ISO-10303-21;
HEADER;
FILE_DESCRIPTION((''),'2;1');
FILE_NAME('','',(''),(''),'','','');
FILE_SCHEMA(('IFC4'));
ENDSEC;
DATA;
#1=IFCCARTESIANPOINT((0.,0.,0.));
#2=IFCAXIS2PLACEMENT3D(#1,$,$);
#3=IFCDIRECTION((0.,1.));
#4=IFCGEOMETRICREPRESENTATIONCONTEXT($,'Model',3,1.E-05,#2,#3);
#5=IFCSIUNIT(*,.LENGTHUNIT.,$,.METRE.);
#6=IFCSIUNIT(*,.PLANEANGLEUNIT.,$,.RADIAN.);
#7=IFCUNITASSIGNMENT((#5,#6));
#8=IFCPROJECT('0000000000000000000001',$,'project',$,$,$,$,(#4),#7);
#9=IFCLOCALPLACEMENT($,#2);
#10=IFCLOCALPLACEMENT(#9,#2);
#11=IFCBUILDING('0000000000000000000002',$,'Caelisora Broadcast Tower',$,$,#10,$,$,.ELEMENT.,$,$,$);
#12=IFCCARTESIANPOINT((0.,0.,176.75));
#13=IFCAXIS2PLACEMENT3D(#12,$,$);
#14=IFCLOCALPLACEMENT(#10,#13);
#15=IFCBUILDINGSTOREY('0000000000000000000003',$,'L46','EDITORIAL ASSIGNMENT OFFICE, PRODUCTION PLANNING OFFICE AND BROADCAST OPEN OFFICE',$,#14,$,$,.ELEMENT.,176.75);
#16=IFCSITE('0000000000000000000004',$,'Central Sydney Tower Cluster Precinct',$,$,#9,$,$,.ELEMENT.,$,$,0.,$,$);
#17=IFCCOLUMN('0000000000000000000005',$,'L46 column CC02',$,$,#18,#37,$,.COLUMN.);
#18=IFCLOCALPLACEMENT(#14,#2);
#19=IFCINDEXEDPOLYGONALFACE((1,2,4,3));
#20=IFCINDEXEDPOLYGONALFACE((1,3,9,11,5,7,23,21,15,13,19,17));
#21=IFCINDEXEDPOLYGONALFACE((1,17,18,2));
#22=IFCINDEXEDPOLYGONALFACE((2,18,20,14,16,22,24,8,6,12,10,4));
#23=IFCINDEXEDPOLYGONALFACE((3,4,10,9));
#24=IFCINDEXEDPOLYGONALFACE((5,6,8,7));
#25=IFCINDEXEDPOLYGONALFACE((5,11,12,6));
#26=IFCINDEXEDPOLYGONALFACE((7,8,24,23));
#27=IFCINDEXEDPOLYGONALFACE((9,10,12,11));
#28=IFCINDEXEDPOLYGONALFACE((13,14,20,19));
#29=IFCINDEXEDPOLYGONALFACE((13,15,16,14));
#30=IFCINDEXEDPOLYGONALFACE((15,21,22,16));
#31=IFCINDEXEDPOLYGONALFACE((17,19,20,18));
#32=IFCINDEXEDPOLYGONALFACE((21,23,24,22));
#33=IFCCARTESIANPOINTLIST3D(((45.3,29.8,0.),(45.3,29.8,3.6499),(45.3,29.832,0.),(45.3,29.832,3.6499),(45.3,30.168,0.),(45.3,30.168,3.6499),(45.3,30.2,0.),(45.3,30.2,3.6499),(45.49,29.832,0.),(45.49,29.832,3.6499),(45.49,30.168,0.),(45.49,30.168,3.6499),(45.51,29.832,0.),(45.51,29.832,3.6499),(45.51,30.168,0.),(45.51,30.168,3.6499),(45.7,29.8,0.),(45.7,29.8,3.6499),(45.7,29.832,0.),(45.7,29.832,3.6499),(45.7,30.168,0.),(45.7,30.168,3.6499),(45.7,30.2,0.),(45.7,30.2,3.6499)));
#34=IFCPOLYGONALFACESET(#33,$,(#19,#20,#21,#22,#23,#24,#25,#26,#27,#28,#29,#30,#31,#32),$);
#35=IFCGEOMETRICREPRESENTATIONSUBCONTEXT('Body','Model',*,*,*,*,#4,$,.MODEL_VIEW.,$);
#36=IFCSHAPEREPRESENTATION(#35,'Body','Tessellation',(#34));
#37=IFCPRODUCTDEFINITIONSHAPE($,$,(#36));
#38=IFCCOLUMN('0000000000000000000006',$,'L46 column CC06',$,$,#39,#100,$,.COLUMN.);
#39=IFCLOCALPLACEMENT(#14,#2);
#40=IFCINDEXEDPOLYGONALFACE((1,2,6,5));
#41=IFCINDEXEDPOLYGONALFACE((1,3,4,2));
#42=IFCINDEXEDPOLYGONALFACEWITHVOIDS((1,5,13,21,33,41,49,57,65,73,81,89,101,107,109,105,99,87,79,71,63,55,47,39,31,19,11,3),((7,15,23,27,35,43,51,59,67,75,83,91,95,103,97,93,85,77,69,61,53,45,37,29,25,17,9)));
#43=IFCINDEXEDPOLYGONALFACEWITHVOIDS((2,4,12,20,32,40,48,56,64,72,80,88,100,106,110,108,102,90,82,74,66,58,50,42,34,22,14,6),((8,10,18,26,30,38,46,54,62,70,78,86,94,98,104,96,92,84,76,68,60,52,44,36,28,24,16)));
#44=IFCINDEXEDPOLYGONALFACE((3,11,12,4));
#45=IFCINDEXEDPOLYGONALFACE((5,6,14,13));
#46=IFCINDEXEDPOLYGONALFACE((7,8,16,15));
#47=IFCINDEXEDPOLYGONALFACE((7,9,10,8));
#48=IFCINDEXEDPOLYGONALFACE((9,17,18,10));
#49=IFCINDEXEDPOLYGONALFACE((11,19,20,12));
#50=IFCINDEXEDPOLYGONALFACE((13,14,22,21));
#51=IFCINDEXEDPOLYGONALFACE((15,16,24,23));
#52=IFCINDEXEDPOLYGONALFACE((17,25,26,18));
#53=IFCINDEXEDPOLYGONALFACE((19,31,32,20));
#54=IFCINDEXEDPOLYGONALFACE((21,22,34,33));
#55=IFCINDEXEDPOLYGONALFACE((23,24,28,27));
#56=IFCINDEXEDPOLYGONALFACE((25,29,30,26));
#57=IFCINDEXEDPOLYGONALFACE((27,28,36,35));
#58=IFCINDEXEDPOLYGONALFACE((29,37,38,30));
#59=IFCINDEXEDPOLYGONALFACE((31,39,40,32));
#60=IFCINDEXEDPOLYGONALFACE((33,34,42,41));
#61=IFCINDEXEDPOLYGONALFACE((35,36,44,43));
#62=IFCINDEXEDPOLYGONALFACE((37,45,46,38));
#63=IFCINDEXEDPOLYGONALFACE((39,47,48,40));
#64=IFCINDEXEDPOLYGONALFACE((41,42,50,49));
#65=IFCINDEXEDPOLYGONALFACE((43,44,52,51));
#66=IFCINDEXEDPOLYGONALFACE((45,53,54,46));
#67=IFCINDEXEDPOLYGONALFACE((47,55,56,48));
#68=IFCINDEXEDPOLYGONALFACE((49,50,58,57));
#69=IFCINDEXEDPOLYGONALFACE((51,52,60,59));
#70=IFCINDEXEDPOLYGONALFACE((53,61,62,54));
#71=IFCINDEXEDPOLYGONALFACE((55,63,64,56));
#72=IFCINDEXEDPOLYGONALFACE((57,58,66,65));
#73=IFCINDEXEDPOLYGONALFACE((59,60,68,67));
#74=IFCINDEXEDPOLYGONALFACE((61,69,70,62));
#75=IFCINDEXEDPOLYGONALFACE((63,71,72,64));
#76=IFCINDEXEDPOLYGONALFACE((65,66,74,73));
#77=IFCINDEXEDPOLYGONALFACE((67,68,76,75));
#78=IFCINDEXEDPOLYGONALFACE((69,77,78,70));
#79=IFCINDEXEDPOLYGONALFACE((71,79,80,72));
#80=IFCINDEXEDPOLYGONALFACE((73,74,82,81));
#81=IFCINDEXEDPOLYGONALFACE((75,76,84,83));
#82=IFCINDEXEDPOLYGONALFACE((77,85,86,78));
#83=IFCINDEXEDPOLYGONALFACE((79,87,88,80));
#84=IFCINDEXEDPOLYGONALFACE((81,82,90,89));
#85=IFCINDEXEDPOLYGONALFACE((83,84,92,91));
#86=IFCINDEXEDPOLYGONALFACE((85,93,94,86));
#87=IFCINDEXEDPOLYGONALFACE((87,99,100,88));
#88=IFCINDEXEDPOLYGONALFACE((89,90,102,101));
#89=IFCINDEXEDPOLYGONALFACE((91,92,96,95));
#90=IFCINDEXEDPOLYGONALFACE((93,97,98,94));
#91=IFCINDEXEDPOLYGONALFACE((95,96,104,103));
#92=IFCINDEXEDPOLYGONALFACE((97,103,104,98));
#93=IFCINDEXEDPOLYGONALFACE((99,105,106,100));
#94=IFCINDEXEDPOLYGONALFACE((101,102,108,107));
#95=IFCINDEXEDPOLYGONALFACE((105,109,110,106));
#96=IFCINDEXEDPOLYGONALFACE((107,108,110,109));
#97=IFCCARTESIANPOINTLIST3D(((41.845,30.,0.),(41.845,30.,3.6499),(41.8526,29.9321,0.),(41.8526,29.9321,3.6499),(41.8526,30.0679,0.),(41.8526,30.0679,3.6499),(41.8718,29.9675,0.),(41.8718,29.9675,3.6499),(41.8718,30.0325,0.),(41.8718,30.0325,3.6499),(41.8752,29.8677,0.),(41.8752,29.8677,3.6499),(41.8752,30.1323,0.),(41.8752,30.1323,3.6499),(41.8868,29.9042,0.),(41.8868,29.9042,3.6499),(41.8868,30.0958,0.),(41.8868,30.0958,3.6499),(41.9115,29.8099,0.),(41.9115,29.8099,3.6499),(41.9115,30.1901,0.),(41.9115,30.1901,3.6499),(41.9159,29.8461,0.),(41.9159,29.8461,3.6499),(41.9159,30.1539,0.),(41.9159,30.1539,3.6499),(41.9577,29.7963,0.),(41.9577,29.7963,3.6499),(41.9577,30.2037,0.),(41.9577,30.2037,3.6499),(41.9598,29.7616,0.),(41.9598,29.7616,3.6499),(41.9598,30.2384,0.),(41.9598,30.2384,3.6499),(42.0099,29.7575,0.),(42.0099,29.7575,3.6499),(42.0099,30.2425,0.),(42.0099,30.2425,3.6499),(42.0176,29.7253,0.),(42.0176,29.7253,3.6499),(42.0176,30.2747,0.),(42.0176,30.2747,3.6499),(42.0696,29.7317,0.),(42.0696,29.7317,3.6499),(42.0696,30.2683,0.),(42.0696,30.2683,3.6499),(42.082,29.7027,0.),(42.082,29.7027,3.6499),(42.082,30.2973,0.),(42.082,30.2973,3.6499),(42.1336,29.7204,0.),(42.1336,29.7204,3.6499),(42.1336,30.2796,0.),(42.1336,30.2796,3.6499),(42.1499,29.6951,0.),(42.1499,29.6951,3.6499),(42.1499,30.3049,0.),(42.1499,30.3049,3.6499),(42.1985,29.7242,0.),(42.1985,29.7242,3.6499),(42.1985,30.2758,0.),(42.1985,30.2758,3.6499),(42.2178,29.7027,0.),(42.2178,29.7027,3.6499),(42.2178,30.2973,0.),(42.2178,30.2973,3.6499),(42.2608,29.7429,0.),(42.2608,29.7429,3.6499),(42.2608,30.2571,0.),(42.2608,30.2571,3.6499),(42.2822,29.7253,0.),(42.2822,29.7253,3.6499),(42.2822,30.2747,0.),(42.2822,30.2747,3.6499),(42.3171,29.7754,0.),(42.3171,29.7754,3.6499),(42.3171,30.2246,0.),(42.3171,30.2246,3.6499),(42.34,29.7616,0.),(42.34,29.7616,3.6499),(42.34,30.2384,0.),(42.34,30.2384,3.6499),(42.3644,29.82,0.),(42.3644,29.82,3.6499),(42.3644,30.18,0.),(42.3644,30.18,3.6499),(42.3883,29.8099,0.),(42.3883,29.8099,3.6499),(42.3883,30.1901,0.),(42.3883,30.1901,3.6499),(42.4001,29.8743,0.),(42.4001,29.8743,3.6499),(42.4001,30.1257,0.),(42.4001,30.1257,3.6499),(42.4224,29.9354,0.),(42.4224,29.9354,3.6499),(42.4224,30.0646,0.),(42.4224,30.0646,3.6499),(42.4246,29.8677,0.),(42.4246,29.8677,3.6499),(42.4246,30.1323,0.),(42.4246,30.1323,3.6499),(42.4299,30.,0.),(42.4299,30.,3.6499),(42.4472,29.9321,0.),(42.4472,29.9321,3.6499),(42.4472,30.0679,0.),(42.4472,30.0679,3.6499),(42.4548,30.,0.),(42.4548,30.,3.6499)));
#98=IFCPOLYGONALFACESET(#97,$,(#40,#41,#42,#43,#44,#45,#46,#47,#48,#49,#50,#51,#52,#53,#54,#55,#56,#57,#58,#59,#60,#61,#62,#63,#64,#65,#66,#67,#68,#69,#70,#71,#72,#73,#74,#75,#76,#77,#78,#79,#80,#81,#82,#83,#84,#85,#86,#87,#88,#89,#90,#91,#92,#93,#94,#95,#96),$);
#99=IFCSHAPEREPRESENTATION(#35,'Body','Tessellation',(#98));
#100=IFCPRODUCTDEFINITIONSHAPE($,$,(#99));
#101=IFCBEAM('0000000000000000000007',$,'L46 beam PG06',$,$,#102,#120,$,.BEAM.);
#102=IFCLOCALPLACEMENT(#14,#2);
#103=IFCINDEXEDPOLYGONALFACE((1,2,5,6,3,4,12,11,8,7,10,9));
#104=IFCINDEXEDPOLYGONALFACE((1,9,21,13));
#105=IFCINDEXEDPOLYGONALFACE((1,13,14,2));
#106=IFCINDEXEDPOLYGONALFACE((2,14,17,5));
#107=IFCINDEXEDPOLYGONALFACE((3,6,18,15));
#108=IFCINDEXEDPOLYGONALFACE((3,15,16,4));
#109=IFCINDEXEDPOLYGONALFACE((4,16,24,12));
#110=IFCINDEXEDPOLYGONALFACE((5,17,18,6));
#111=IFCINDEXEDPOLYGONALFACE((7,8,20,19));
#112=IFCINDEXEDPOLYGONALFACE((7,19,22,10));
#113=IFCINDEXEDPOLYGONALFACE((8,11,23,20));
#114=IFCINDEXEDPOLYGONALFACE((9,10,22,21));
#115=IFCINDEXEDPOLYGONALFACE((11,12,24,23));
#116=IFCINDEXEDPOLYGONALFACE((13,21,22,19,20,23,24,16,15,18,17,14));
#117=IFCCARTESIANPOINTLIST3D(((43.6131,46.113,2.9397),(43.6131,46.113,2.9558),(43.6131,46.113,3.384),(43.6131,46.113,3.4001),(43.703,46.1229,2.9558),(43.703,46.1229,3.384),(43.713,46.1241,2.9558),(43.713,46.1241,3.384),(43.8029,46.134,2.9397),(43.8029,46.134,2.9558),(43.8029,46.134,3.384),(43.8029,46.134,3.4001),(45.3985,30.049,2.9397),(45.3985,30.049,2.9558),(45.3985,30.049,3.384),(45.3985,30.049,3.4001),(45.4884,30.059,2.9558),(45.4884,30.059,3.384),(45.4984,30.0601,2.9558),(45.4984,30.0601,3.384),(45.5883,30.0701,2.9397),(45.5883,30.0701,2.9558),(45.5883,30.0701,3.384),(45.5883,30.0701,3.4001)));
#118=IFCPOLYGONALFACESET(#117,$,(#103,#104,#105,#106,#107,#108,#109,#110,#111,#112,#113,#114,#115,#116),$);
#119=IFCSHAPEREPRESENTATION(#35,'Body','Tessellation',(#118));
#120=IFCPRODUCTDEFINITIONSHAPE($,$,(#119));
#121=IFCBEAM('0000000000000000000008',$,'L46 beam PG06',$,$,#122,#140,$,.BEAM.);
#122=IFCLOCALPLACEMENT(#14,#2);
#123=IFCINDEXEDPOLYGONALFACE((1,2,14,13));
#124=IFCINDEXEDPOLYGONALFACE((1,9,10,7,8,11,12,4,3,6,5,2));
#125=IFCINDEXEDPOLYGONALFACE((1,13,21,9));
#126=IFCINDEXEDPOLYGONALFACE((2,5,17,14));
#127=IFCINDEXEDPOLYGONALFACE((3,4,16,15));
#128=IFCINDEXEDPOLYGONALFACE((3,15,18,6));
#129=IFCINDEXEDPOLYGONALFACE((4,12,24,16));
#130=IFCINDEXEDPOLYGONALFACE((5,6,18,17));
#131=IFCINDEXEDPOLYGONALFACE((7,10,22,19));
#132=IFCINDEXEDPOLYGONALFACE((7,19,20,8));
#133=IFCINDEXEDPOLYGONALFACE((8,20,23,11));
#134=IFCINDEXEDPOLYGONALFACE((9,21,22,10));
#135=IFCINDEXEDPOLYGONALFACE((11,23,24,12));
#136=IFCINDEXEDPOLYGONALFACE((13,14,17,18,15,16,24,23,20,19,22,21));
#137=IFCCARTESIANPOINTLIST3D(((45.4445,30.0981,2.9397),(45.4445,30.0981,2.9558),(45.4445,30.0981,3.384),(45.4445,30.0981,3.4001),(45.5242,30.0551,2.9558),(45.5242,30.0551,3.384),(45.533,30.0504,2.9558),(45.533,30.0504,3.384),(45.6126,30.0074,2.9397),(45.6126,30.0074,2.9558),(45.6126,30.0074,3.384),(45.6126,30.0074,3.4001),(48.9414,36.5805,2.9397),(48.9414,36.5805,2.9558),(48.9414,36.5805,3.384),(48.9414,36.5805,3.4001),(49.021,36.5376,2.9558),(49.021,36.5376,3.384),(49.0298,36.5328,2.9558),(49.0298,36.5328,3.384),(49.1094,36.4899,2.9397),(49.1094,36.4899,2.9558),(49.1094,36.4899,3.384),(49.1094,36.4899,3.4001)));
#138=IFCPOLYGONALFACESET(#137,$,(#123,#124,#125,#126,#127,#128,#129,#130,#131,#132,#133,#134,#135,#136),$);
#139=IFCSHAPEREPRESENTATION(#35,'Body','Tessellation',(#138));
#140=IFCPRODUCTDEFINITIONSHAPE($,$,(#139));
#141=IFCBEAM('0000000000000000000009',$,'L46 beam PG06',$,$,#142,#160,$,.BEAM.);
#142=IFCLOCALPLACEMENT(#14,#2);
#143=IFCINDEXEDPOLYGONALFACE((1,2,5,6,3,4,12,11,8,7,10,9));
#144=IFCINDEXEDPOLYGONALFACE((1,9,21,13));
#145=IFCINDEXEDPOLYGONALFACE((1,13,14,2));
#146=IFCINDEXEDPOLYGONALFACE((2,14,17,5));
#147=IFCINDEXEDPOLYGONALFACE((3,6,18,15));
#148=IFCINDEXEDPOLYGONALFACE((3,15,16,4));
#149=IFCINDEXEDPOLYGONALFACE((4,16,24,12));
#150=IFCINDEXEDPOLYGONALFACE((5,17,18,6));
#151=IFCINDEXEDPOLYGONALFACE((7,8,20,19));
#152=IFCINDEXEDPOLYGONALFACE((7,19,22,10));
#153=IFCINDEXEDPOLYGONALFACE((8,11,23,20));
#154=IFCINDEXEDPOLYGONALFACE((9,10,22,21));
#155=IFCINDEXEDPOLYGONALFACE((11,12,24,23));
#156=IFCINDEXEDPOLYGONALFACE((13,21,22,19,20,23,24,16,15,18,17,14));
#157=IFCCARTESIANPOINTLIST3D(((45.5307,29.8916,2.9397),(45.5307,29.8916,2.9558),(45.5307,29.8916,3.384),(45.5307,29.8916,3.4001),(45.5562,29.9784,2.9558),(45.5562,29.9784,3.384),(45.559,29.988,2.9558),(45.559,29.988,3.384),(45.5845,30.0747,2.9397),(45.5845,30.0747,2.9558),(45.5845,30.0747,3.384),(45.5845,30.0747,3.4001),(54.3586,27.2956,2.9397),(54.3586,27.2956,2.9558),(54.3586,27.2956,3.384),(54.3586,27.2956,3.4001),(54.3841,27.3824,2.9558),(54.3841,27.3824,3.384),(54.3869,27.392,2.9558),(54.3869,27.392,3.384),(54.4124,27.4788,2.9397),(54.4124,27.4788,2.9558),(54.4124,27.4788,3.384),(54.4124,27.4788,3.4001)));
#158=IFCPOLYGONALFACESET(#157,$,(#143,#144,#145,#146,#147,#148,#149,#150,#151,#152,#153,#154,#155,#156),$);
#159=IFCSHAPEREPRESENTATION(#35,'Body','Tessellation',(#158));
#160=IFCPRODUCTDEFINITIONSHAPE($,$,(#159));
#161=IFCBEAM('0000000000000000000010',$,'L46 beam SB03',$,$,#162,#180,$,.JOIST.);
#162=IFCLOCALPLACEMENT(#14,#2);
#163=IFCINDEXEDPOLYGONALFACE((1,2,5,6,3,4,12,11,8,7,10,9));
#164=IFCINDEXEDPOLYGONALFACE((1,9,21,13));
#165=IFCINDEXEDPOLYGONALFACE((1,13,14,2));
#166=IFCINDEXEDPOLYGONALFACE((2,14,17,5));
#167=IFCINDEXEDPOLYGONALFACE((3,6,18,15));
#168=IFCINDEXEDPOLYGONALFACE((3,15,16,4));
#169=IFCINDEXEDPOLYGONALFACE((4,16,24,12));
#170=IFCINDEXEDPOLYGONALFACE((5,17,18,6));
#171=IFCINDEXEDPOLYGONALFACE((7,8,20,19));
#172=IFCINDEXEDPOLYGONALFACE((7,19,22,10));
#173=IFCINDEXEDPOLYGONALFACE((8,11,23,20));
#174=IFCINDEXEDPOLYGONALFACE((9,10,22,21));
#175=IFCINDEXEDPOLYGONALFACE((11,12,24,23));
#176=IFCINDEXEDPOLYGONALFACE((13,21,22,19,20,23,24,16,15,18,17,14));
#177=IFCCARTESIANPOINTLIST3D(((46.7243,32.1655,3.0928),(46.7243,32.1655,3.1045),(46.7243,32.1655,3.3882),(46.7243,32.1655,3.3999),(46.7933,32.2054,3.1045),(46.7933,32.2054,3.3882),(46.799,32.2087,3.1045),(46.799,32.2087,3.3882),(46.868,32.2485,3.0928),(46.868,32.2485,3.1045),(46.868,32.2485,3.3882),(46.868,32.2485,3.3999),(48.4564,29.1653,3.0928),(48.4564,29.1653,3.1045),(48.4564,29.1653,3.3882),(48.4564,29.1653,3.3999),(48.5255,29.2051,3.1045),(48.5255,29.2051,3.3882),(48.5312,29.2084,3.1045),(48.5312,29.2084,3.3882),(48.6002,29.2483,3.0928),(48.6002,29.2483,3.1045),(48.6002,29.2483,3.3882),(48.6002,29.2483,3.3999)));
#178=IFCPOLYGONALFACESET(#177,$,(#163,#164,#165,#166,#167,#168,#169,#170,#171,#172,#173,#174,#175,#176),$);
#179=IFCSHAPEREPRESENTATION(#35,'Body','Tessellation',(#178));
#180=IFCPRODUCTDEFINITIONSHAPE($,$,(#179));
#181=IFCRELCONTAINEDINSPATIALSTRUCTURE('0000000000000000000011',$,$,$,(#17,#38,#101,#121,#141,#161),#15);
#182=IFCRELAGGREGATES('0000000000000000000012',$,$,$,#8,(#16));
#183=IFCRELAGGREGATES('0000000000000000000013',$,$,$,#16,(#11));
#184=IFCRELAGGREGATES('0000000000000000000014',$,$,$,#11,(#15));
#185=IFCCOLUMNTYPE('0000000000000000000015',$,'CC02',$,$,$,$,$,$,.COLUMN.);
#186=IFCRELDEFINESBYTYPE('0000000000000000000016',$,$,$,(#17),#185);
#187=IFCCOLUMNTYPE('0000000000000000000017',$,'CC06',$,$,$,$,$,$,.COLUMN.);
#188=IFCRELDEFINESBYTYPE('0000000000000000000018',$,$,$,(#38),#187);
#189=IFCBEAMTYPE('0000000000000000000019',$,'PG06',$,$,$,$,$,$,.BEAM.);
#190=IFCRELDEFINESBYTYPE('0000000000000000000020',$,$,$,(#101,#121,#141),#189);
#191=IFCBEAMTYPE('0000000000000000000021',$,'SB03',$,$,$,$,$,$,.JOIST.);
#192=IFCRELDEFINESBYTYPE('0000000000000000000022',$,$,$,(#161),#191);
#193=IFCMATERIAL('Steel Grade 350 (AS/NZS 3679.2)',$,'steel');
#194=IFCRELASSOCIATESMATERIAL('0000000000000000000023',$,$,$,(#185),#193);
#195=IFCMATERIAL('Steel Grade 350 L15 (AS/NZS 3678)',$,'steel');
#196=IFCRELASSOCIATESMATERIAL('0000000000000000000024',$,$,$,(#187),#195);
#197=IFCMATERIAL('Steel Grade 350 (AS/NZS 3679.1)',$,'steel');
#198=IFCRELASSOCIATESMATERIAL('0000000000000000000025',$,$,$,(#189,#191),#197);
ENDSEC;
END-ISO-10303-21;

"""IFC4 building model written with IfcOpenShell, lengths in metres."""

from ifc_helpers import new_model, si_unit, direction, frame, origin, origin_2d, place, context, subcontext, project, spatial, hollow_circle, i_section, extrude, source, transform, mapped, material, material_profile, profile_set, type_object, type_shapes, element, save


model = new_model("IFC4")

# Units and contexts
model_context = context("Model", 3, precision=1e-05, world=origin(), true_north=direction((0.0, 1.0)))
body_context = subcontext(model_context, "Body", "Model", "MODEL_VIEW")
ifc_project = project(units=[si_unit("LENGTHUNIT", "METRE"), si_unit("PLANEANGLEUNIT", "RADIAN")], contexts=[model_context])

# Site, building, storey
site_placement = place(None, origin())
site = spatial("IfcSite", under=ifc_project, at=site_placement, Name="Central Sydney Tower Cluster Precinct", CompositionType="ELEMENT", RefElevation=0.0)
building_placement = place(site_placement, origin())
building = spatial("IfcBuilding", under=site, at=building_placement, Name="Caelisora Broadcast Tower", CompositionType="ELEMENT")
storey_placement = place(building_placement, frame((0.0, 0.0, 176.75)))
storey = spatial("IfcBuildingStorey", under=building, at=storey_placement, Name="L46", Description="EDITORIAL ASSIGNMENT OFFICE, PRODUCTION PLANNING OFFICE AND BROADCAST OPEN OFFICE", CompositionType="ELEMENT", Elevation=176.75)

# Columns
ifc_material_1 = material(Name="Steel Grade 350 (AS/NZS 3679.2)", Category="steel")
ifc_material_profile_1 = material_profile(ifc_material_1, i_section(OverallWidth=0.3999, OverallDepth=0.3999, WebThickness=0.02, FlangeThickness=0.032, at=origin_2d()), Name="Steel Grade 350 (AS/NZS 3679.2)")
ifc_profile_set_1 = profile_set([ifc_material_profile_1], Name="Steel Grade 350 (AS/NZS 3679.2)")
column_type_1 = type_object("IfcColumnType", Name="CC02", PredefinedType="COLUMN", material=ifc_profile_set_1)
shared_shape_1 = source(origin(), body_context, "Body", "SweptSolid", [
    extrude(i_section(OverallWidth=0.3999, OverallDepth=0.3999, WebThickness=0.02, FlangeThickness=0.032, at=origin_2d()), origin(), (0.0, 0.0, 1.0), 3.6499),
])
type_shapes(column_type_1, [shared_shape_1])
column_1_placement = place(storey_placement, frame((45.5, 30.0, 0.0), z_axis=(0.0, 0.0, 1.0), x_axis=(1.0, 0.0, 0.0)))
element("IfcColumn", 1, at=column_1_placement, inside=storey, type_object=column_type_1, Name="L46 column CC02", PredefinedType="COLUMN", context=body_context, shape_type="MappedRepresentation", body=[
    mapped(shared_shape_1, transform((0.0, 0.0, 0.0), scale=1.0)),
])
ifc_material_2 = material(Name="Steel Grade 350 L15 (AS/NZS 3678)", Category="steel")
ifc_material_profile_2 = material_profile(ifc_material_2, hollow_circle(Radius=0.3049, WallThickness=0.0249, at=origin_2d()), Name="Steel Grade 350 L15 (AS/NZS 3678)")
ifc_profile_set_2 = profile_set([ifc_material_profile_2], Name="Steel Grade 350 L15 (AS/NZS 3678)")
column_type_2 = type_object("IfcColumnType", Name="CC06", PredefinedType="COLUMN", material=ifc_profile_set_2)
shared_shape_2 = source(origin(), body_context, "Body", "SweptSolid", [
    extrude(hollow_circle(Radius=0.3049, WallThickness=0.0249, at=origin_2d()), origin(), (0.0, 0.0, 1.0), 3.6499),
])
type_shapes(column_type_2, [shared_shape_2])
column_2_placement = place(storey_placement, frame((42.1499, 30.0, 0.0), z_axis=(0.0, 0.0, 1.0), x_axis=(1.0, 0.0, 0.0)))
element("IfcColumn", 2, at=column_2_placement, inside=storey, type_object=column_type_2, Name="L46 column CC06", PredefinedType="COLUMN", context=body_context, shape_type="MappedRepresentation", body=[
    mapped(shared_shape_2, transform((0.0, 0.0, 0.0), scale=1.0)),
])

# Beams
ifc_material_3 = material(Name="Steel Grade 350 (AS/NZS 3679.1)", Category="steel")
ifc_material_profile_3 = material_profile(ifc_material_3, i_section(OverallWidth=0.1909, OverallDepth=0.4604, WebThickness=0.01, FlangeThickness=0.0161, at=origin_2d()), Name="Steel Grade 350 (AS/NZS 3679.1)")
ifc_profile_set_3 = profile_set([ifc_material_profile_3], Name="Steel Grade 350 (AS/NZS 3679.1)")
beam_type_1 = type_object("IfcBeamType", Name="PG06", PredefinedType="BEAM", material=ifc_profile_set_3)
shared_shape_3 = source(origin(), body_context, "Body", "SweptSolid", [
    extrude(i_section(OverallWidth=0.1909, OverallDepth=0.4604, WebThickness=0.01, FlangeThickness=0.0161, at=origin_2d()), origin(), (0.0, 0.0, 1.0), 16.1628),
])
beam_1_placement = place(storey_placement, frame((45.4934, 30.0596, 3.1699), z_axis=(-0.110463, 0.99388, 0.0), x_axis=(-0.99388, -0.110463, 0.0)))
element("IfcBeam", 3, at=beam_1_placement, inside=storey, type_object=beam_type_1, Name="L46 beam PG06", PredefinedType="BEAM", context=body_context, shape_type="MappedRepresentation", body=[
    mapped(shared_shape_3, transform((0.0, 0.0, 0.0), scale=1.0)),
])
shared_shape_4 = source(origin(), body_context, "Body", "SweptSolid", [
    extrude(i_section(OverallWidth=0.1909, OverallDepth=0.4604, WebThickness=0.01, FlangeThickness=0.0161, at=origin_2d()), origin(), (0.0, 0.0, 1.0), 7.3655),
])
beam_2_placement = place(storey_placement, frame((45.5286, 30.0527, 3.1699), z_axis=(0.474762, 0.880114, 0.0), x_axis=(-0.880114, 0.474762, 0.0)))
element("IfcBeam", 4, at=beam_2_placement, inside=storey, type_object=beam_type_1, Name="L46 beam PG06", PredefinedType="BEAM", context=body_context, shape_type="MappedRepresentation", body=[
    mapped(shared_shape_4, transform((0.0, 0.0, 0.0), scale=1.0)),
])
shared_shape_5 = source(origin(), body_context, "Body", "SweptSolid", [
    extrude(i_section(OverallWidth=0.1909, OverallDepth=0.4604, WebThickness=0.01, FlangeThickness=0.0161, at=origin_2d()), origin(), (0.0, 0.0, 1.0), 9.2017),
])
type_shapes(beam_type_1, [shared_shape_3, shared_shape_4, shared_shape_5])
beam_3_placement = place(storey_placement, frame((45.5576, 29.9832, 3.1699), z_axis=(0.95938, -0.282117, 0.0), x_axis=(0.282117, 0.95938, 0.0)))
element("IfcBeam", 5, at=beam_3_placement, inside=storey, type_object=beam_type_1, Name="L46 beam PG06", PredefinedType="BEAM", context=body_context, shape_type="MappedRepresentation", body=[
    mapped(shared_shape_5, transform((0.0, 0.0, 0.0), scale=1.0)),
])
ifc_material_profile_4 = material_profile(ifc_material_3, i_section(OverallWidth=0.166, OverallDepth=0.3071, WebThickness=0.0066, FlangeThickness=0.0117, at=origin_2d()), Name="Steel Grade 350 (AS/NZS 3679.1)")
ifc_profile_set_4 = profile_set([ifc_material_profile_4], Name="Steel Grade 350 (AS/NZS 3679.1)")
beam_type_2 = type_object("IfcBeamType", Name="SB03", PredefinedType="JOIST", material=ifc_profile_set_4)
shared_shape_6 = source(origin(), body_context, "Body", "SweptSolid", [
    extrude(i_section(OverallWidth=0.166, OverallDepth=0.3071, WebThickness=0.0066, FlangeThickness=0.0117, at=origin_2d()), origin(), (0.0, 0.0, 1.0), 3.4644),
])
type_shapes(beam_type_2, [shared_shape_6])
beam_4_placement = place(storey_placement, frame((48.5283, 29.2068, 3.2463), z_axis=(-0.499997, 0.866027, 0.0), x_axis=(-0.866027, -0.499997, 0.0)))
element("IfcBeam", 6, at=beam_4_placement, inside=storey, type_object=beam_type_2, Name="L46 beam SB03", PredefinedType="JOIST", context=body_context, shape_type="MappedRepresentation", body=[
    mapped(shared_shape_6, transform((0.0, 0.0, 0.0), scale=1.0)),
])

save(model, "model.ifc")
